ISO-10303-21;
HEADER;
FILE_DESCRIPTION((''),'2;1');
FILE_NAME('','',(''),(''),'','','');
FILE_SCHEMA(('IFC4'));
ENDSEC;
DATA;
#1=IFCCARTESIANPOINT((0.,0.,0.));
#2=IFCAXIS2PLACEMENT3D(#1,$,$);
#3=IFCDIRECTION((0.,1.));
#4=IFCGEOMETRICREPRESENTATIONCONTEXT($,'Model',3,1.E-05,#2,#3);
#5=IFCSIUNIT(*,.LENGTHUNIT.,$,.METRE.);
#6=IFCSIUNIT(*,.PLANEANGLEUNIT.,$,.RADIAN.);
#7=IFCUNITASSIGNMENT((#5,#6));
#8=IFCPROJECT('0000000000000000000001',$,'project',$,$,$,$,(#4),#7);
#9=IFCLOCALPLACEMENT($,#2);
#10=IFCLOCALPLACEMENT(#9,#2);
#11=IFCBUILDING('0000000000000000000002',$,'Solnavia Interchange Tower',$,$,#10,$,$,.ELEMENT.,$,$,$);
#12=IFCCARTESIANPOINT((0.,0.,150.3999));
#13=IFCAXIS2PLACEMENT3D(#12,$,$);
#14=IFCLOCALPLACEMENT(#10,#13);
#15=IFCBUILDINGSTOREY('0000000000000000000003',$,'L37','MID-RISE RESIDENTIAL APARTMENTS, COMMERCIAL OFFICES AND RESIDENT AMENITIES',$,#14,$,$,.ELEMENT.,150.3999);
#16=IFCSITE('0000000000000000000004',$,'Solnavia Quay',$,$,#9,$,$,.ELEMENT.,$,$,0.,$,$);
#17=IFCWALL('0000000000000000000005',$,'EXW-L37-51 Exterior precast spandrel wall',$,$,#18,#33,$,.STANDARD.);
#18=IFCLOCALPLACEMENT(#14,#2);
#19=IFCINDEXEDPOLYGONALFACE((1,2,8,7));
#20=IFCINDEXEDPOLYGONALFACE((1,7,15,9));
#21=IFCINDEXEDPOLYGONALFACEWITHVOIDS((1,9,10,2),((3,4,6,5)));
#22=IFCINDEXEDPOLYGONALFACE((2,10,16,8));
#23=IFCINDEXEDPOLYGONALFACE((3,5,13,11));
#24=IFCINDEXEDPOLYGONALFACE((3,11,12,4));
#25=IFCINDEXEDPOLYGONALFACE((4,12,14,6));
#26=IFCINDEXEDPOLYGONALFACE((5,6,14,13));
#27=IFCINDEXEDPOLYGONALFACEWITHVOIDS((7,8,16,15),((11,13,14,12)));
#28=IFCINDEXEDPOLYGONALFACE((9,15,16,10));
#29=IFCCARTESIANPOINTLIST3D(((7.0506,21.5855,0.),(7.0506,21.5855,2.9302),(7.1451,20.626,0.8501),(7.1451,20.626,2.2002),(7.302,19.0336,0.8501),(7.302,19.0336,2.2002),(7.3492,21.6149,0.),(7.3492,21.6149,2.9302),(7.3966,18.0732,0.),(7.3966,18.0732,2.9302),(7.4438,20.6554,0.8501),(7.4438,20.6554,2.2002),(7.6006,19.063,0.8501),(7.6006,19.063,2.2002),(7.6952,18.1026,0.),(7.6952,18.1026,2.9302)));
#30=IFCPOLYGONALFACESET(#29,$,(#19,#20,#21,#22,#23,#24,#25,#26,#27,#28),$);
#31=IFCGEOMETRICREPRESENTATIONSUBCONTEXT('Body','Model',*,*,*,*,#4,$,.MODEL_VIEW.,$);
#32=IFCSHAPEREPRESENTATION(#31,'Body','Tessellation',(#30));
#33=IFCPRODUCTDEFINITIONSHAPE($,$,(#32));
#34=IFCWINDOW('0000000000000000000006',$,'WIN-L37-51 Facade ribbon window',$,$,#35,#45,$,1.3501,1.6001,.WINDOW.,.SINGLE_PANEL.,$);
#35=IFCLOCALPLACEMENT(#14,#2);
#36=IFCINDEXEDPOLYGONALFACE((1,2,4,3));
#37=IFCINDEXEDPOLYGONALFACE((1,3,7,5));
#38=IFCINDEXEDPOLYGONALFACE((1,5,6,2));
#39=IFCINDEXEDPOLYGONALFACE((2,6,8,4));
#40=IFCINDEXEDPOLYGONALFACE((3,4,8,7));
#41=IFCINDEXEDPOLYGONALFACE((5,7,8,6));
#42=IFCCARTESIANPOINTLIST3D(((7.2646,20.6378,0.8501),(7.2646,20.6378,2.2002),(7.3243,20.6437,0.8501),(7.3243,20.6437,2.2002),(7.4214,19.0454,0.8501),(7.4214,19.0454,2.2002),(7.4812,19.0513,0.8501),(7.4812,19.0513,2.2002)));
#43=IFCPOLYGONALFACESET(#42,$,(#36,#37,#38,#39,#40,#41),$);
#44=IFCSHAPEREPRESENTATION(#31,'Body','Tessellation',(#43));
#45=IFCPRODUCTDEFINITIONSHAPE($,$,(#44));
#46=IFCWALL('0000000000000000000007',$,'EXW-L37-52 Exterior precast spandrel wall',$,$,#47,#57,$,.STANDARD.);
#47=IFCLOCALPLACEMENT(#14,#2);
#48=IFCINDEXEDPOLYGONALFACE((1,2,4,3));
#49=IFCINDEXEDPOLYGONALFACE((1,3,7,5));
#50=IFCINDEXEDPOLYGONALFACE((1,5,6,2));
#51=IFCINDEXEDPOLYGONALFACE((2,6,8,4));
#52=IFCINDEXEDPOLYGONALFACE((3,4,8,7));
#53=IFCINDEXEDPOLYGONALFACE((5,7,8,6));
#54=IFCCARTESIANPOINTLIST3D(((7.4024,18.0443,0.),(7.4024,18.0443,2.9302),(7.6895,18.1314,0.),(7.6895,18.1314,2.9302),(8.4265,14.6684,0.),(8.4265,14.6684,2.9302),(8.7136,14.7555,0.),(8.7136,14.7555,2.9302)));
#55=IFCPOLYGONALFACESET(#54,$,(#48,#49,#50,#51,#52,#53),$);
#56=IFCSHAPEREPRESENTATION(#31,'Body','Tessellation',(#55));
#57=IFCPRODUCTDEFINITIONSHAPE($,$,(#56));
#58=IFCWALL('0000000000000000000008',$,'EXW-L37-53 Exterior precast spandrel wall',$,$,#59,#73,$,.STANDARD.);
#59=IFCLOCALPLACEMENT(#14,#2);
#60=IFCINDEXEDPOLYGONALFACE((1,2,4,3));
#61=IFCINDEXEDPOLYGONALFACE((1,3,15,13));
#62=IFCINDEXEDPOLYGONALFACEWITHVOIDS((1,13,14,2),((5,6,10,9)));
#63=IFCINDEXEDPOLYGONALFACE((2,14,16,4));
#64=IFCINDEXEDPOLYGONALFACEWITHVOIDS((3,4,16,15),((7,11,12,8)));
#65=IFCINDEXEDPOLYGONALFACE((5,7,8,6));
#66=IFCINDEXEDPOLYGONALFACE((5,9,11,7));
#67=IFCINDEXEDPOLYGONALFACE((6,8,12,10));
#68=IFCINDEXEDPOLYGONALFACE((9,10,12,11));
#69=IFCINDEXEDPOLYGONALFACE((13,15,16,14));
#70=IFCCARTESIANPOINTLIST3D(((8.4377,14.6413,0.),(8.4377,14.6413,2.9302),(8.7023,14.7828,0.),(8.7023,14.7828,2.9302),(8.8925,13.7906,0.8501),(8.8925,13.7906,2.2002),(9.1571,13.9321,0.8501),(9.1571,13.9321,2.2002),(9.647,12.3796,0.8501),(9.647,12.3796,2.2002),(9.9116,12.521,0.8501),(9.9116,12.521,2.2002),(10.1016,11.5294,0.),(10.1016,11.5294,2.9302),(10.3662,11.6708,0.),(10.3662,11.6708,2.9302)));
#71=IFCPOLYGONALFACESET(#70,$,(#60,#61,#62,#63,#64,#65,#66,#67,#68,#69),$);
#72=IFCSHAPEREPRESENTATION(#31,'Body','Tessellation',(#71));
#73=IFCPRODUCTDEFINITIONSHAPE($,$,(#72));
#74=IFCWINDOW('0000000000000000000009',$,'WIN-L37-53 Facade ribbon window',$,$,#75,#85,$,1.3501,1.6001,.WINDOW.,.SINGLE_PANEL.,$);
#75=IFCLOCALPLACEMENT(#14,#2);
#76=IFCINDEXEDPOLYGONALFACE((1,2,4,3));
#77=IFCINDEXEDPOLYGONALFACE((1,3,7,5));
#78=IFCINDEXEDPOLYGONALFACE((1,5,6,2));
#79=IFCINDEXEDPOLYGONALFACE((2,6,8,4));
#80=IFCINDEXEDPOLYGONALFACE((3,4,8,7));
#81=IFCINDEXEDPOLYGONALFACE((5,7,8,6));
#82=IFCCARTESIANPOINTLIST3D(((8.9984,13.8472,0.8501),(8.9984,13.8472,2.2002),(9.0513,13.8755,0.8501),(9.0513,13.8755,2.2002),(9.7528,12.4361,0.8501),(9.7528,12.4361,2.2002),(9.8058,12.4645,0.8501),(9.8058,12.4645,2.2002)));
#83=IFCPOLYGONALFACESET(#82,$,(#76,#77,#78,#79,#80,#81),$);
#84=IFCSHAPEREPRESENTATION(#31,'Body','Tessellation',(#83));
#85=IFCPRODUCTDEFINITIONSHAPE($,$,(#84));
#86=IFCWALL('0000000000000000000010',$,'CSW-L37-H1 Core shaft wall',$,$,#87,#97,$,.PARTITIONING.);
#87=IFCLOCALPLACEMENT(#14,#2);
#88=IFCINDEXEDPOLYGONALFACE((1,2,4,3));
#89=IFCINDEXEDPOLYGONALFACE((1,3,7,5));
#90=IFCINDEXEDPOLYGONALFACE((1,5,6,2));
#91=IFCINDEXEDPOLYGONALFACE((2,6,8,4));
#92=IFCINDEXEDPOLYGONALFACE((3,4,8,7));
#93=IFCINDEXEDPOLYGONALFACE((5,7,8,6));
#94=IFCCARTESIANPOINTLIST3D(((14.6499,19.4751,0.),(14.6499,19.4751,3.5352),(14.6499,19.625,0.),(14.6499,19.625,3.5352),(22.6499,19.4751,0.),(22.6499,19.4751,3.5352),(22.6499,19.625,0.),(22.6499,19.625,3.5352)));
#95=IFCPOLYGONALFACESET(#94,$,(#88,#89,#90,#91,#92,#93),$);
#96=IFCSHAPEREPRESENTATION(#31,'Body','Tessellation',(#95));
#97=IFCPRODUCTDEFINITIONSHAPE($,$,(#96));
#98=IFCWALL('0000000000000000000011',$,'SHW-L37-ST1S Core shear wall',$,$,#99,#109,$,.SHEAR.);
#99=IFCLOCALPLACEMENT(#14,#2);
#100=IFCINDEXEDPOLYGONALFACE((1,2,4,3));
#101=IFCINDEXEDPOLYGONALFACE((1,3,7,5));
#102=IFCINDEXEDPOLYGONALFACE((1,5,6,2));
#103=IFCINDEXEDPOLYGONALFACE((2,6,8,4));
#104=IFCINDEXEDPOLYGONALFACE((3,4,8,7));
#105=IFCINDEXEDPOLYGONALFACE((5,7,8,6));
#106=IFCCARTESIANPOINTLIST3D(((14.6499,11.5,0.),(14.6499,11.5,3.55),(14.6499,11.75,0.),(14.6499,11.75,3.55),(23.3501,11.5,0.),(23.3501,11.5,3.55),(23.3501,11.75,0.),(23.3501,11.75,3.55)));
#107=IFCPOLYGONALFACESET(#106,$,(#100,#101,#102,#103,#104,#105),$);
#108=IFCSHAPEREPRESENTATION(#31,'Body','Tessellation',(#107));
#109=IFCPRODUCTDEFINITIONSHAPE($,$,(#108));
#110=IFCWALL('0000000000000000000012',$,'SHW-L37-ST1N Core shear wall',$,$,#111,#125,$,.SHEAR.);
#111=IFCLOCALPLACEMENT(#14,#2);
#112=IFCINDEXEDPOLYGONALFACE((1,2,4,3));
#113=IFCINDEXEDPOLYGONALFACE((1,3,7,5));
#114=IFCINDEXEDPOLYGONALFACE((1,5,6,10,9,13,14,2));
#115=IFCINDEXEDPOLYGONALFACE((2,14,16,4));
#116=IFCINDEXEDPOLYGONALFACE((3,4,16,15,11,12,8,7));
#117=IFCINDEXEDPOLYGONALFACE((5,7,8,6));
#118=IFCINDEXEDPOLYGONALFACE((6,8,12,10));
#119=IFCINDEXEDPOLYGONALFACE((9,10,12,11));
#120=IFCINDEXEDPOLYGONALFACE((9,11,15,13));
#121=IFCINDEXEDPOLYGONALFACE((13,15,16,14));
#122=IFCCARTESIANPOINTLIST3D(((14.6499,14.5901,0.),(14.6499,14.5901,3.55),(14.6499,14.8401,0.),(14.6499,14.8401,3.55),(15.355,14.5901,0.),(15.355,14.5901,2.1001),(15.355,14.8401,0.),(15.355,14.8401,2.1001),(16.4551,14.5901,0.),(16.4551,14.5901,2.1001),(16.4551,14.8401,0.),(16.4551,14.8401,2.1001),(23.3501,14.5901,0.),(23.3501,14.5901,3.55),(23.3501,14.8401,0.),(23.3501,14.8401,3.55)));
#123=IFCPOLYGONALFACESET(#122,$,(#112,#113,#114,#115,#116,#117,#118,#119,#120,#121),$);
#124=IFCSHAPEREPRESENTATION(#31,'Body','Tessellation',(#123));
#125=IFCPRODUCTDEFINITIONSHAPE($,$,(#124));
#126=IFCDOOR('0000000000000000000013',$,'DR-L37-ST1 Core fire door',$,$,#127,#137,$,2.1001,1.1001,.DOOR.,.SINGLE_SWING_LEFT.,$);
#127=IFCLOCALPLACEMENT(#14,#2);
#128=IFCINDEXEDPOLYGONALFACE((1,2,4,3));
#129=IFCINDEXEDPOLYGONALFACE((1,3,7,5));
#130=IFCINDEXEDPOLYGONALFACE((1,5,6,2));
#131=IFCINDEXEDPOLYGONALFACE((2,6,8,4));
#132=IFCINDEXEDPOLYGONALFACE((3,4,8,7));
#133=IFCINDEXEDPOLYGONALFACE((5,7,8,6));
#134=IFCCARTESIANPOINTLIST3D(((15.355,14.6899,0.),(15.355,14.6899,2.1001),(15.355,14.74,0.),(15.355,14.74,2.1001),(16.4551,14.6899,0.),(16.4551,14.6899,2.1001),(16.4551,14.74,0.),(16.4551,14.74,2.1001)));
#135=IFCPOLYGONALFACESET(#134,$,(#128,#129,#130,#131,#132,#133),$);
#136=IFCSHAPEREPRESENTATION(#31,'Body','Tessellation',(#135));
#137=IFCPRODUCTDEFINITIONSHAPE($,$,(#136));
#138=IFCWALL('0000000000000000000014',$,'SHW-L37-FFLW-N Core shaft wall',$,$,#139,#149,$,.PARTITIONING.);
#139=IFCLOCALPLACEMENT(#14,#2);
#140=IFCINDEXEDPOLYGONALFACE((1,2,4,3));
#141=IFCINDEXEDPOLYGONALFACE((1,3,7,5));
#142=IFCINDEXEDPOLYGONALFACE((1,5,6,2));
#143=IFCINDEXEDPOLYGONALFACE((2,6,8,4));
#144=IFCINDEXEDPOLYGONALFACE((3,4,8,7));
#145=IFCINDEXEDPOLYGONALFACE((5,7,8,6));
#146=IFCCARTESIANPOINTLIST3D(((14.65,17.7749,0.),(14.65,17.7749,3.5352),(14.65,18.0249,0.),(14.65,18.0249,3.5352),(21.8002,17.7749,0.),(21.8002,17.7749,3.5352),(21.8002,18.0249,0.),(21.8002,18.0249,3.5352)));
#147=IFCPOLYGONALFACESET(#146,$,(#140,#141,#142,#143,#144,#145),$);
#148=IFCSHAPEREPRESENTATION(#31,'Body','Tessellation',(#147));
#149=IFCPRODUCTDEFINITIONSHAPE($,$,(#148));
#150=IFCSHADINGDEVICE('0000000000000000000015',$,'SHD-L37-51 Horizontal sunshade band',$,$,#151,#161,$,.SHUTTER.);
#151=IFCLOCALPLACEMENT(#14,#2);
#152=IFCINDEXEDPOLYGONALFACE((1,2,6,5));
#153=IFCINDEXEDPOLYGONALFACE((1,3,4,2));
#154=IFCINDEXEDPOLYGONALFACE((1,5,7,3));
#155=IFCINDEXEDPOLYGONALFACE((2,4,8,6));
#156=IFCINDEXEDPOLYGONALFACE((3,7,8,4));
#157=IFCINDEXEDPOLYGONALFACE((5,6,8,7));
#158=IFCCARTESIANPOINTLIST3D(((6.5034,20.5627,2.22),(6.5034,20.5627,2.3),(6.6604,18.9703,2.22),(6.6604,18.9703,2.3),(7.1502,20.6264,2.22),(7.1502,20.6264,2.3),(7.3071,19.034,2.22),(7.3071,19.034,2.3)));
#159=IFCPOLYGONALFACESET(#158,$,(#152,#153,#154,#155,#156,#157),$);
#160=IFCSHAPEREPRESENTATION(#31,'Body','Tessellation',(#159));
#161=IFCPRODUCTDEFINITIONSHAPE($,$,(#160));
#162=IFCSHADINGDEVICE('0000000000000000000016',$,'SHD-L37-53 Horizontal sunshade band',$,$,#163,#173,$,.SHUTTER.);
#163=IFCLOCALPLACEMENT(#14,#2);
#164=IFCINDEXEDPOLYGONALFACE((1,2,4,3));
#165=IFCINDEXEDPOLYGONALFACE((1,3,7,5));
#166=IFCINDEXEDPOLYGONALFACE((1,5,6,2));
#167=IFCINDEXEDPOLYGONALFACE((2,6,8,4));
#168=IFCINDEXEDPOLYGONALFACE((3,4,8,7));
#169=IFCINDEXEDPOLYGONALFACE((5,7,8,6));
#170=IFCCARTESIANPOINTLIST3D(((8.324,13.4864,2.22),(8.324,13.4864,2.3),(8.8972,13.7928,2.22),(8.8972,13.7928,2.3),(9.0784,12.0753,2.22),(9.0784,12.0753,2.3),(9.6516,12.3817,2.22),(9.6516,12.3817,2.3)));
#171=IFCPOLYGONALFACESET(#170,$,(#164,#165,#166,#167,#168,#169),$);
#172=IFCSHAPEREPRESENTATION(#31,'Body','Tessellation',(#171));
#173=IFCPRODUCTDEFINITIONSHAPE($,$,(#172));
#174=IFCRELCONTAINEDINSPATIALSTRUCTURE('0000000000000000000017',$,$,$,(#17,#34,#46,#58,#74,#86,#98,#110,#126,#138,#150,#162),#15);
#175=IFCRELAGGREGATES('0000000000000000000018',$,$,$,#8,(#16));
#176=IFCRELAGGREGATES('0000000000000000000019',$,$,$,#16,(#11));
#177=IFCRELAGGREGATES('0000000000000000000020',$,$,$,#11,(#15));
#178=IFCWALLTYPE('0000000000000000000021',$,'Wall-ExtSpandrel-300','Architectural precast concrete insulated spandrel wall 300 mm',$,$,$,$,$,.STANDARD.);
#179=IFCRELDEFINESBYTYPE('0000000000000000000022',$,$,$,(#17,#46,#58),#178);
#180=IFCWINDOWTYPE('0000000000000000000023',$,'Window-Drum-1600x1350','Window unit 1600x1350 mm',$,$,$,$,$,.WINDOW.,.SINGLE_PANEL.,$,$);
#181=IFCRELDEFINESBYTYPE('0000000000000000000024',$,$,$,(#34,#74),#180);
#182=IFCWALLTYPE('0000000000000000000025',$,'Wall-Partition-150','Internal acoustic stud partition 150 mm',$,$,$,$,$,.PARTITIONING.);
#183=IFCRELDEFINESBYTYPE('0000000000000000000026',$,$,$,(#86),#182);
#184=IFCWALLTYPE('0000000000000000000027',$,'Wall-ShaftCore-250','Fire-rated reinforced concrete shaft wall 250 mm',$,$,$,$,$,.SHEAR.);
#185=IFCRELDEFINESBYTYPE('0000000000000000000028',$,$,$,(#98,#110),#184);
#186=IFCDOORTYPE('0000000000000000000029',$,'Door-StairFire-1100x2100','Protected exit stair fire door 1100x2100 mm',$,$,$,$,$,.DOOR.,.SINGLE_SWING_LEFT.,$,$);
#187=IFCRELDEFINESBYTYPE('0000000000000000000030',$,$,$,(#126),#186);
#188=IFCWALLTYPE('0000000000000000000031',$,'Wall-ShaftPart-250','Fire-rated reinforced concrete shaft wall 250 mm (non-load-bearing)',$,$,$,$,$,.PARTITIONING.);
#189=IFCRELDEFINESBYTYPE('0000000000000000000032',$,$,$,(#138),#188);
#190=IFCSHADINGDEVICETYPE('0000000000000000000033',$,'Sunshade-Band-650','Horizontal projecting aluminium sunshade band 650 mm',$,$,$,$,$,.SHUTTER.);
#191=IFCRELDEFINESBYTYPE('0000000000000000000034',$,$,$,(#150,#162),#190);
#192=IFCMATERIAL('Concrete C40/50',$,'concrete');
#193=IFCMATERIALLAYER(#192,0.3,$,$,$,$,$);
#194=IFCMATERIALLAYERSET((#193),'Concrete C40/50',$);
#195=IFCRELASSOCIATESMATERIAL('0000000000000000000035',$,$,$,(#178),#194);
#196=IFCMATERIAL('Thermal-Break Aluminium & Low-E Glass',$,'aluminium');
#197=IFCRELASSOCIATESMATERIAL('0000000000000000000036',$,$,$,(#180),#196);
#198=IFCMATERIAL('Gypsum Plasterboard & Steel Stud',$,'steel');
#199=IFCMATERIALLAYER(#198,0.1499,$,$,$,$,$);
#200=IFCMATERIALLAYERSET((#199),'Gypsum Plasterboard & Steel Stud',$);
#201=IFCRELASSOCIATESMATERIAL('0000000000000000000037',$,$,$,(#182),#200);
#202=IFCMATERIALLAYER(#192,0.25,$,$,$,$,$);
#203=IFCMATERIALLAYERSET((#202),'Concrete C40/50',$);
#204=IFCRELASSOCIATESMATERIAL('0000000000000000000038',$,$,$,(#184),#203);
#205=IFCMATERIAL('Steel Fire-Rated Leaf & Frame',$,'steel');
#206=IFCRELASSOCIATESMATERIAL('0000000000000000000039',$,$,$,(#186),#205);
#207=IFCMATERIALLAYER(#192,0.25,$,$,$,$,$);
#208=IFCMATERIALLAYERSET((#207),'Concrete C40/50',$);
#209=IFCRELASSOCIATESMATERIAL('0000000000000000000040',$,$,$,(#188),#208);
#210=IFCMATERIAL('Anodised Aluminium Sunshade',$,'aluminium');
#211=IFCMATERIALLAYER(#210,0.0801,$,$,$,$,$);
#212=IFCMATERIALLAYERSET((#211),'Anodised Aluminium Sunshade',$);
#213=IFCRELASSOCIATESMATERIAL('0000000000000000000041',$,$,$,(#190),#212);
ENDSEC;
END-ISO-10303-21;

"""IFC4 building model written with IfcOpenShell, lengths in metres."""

from ifc_helpers import new_model, si_unit, direction, frame, frame_2d, origin, origin_2d, place, context, subcontext, project, spatial, rectangle, extrude, material, layer, layer_set, type_object, element, fill, save


model = new_model("IFC4")

# Units and contexts
model_context = context("Model", 3, precision=1e-05, world=origin(), true_north=direction((0.0, 1.0)))
body_context = subcontext(model_context, "Body", "Model", "MODEL_VIEW")
ifc_project = project(units=[si_unit("LENGTHUNIT", "METRE"), si_unit("PLANEANGLEUNIT", "RADIAN")], contexts=[model_context])

# Site, building, storey
site_placement = place(None, origin())
site = spatial("IfcSite", under=ifc_project, at=site_placement, Name="Solnavia Quay", CompositionType="ELEMENT", RefElevation=0.0)
building_placement = place(site_placement, origin())
building = spatial("IfcBuilding", under=site, at=building_placement, Name="Solnavia Interchange Tower", CompositionType="ELEMENT")
storey_placement = place(building_placement, frame((0.0, 0.0, 150.3999)))
storey = spatial("IfcBuildingStorey", under=building, at=storey_placement, Name="L37", Description="MID-RISE RESIDENTIAL APARTMENTS, COMMERCIAL OFFICES AND RESIDENT AMENITIES", CompositionType="ELEMENT", Elevation=150.3999)

# Wall, opening, window
ifc_material_1 = material(Name="Concrete C40/50", Category="concrete")
ifc_layer_1 = layer(ifc_material_1, 0.3)
ifc_layer_set_1 = layer_set([ifc_layer_1], Name="Concrete C40/50")
wall_type_1 = type_object("IfcWallType", Name="Wall-ExtSpandrel-300", Description="Architectural precast concrete insulated spandrel wall 300 mm", PredefinedType="STANDARD", material=ifc_layer_set_1)
ifc_material_2 = material(Name="Thermal-Break Aluminium & Low-E Glass", Category="aluminium")
wall_1_placement = place(storey_placement, frame((7.5459, 18.0879, 0.0), z_axis=(0.0, 0.0, 1.0), x_axis=(-0.098024, 0.995184, 0.0)))
wall_1 = element("IfcWall", 1, at=wall_1_placement, inside=storey, type_object=wall_type_1, Name="EXW-L37-51 Exterior precast spandrel wall", PredefinedType="STANDARD", context=body_context, shape_type="SweptSolid", body=[
    extrude(rectangle(XDim=3.5293, YDim=0.3, at=frame_2d((1.7646, 0.0))), origin(), (0.0, 0.0, 1.0), 2.9302),
])
opening_1_placement = place(wall_1_placement, frame((0.9651, 0.0, 0.8501)))
opening_1 = element("IfcOpeningElement", 2, at=opening_1_placement, cuts=wall_1, PredefinedType="OPENING", context=body_context, shape_type="SweptSolid", body=[
    extrude(rectangle(XDim=1.6001, YDim=1.3501, at=frame_2d((0.8, 0.675))), frame((0.0, 0.1602, 0.0), z_axis=(0.0, -1.0, 0.0), x_axis=(1.0, 0.0, 0.0)), (0.0, 0.0, 1.0), 0.3201),
])
window_type_1 = type_object("IfcWindowType", Name="Window-Drum-1600x1350", Description="Window unit 1600x1350 mm", PartitioningType="SINGLE_PANEL", PredefinedType="WINDOW", material=ifc_material_2)
window_1_placement = place(opening_1_placement, origin())
window_1 = element("IfcWindow", 3, at=window_1_placement, inside=storey, type_object=window_type_1, Name="WIN-L37-51 Facade ribbon window", OverallHeight=1.3501, OverallWidth=1.6001, PartitioningType="SINGLE_PANEL", PredefinedType="WINDOW", context=body_context, shape_type="SweptSolid", body=[
    extrude(rectangle(XDim=1.6001, YDim=1.3501, at=frame_2d((0.8, 0.675))), frame((0.0, 0.03, 0.0), z_axis=(0.0, -1.0, 0.0), x_axis=(1.0, 0.0, 0.0)), (0.0, 0.0, 1.0), 0.0601),
])
fill(opening_1, window_1)

# Wall
wall_2_placement = place(storey_placement, frame((8.5701, 14.7119, 0.0), z_axis=(0.0, 0.0, 1.0), x_axis=(-0.290305, 0.956934, 0.0)))
element("IfcWall", 4, at=wall_2_placement, inside=storey, type_object=wall_type_1, Name="EXW-L37-52 Exterior precast spandrel wall", PredefinedType="STANDARD", context=body_context, shape_type="SweptSolid", body=[
    extrude(rectangle(XDim=3.5278, YDim=0.3, at=frame_2d((1.7639, 0.0))), origin(), (0.0, 0.0, 1.0), 2.9302),
])

# Wall, opening, window
wall_3_placement = place(storey_placement, frame((10.2339, 11.6001, 0.0), z_axis=(0.0, 0.0, 1.0), x_axis=(-0.471511, 0.88186, 0.0)))
wall_3 = element("IfcWall", 5, at=wall_3_placement, inside=storey, type_object=wall_type_1, Name="EXW-L37-53 Exterior precast spandrel wall", PredefinedType="STANDARD", context=body_context, shape_type="SweptSolid", body=[
    extrude(rectangle(XDim=3.5288, YDim=0.3, at=frame_2d((1.7644, 0.0))), origin(), (0.0, 0.0, 1.0), 2.9302),
])
opening_2_placement = place(wall_3_placement, frame((0.9641, 0.0, 0.8501)))
opening_2 = element("IfcOpeningElement", 6, at=opening_2_placement, cuts=wall_3, PredefinedType="OPENING", context=body_context, shape_type="SweptSolid", body=[
    extrude(rectangle(XDim=1.6001, YDim=1.3501, at=frame_2d((0.8, 0.675))), frame((0.0, 0.1602, 0.0), z_axis=(0.0, -1.0, 0.0), x_axis=(1.0, 0.0, 0.0)), (0.0, 0.0, 1.0), 0.3201),
])
window_2_placement = place(opening_2_placement, origin())
window_2 = element("IfcWindow", 7, at=window_2_placement, inside=storey, type_object=window_type_1, Name="WIN-L37-53 Facade ribbon window", OverallHeight=1.3501, OverallWidth=1.6001, PartitioningType="SINGLE_PANEL", PredefinedType="WINDOW", context=body_context, shape_type="SweptSolid", body=[
    extrude(rectangle(XDim=1.6001, YDim=1.3501, at=frame_2d((0.8, 0.675))), frame((0.0, 0.03, 0.0), z_axis=(0.0, -1.0, 0.0), x_axis=(1.0, 0.0, 0.0)), (0.0, 0.0, 1.0), 0.0601),
])
fill(opening_2, window_2)

# Walls
ifc_material_3 = material(Name="Gypsum Plasterboard & Steel Stud", Category="steel")
ifc_layer_2 = layer(ifc_material_3, 0.1499)
ifc_layer_set_2 = layer_set([ifc_layer_2], Name="Gypsum Plasterboard & Steel Stud")
wall_type_2 = type_object("IfcWallType", Name="Wall-Partition-150", Description="Internal acoustic stud partition 150 mm", PredefinedType="PARTITIONING", material=ifc_layer_set_2)
wall_4_placement = place(storey_placement, frame((14.6499, 19.55, 0.0), z_axis=(0.0, 0.0, 1.0), x_axis=(1.0, 0.0, 0.0)))
element("IfcWall", 8, at=wall_4_placement, inside=storey, type_object=wall_type_2, Name="CSW-L37-H1 Core shaft wall", PredefinedType="PARTITIONING", context=body_context, shape_type="SweptSolid", body=[
    extrude(rectangle(XDim=8.0, YDim=0.1499, at=frame_2d((4.0, 0.0))), origin(), (0.0, 0.0, 1.0), 3.5352),
])
ifc_layer_3 = layer(ifc_material_1, 0.25)
ifc_layer_set_3 = layer_set([ifc_layer_3], Name="Concrete C40/50")
wall_type_3 = type_object("IfcWallType", Name="Wall-ShaftCore-250", Description="Fire-rated reinforced concrete shaft wall 250 mm", PredefinedType="SHEAR", material=ifc_layer_set_3)
wall_5_placement = place(storey_placement, frame((14.6499, 11.625, 0.0), z_axis=(0.0, 0.0, 1.0), x_axis=(1.0, 0.0, 0.0)))
element("IfcWall", 9, at=wall_5_placement, inside=storey, type_object=wall_type_3, Name="SHW-L37-ST1S Core shear wall", PredefinedType="SHEAR", context=body_context, shape_type="SweptSolid", body=[
    extrude(rectangle(XDim=8.7002, YDim=0.25, at=frame_2d((4.3501, 0.0))), origin(), (0.0, 0.0, 1.0), 3.55),
])

# Wall, opening, door
wall_6_placement = place(storey_placement, frame((14.6499, 14.7151, 0.0), z_axis=(0.0, 0.0, 1.0), x_axis=(1.0, 0.0, 0.0)))
wall_6 = element("IfcWall", 10, at=wall_6_placement, inside=storey, type_object=wall_type_3, Name="SHW-L37-ST1N Core shear wall", PredefinedType="SHEAR", context=body_context, shape_type="SweptSolid", body=[
    extrude(rectangle(XDim=8.7002, YDim=0.25, at=frame_2d((4.3501, 0.0))), origin(), (0.0, 0.0, 1.0), 3.55),
])
opening_3_placement = place(wall_6_placement, frame((0.7051, 0.0, 0.0)))
opening_3 = element("IfcOpeningElement", 11, at=opening_3_placement, cuts=wall_6, PredefinedType="OPENING", context=body_context, shape_type="SweptSolid", body=[
    extrude(rectangle(XDim=1.1001, YDim=2.1001, at=frame_2d((0.55, 1.05))), frame((0.0, 0.135, 0.0), z_axis=(0.0, -1.0, 0.0), x_axis=(1.0, 0.0, 0.0)), (0.0, 0.0, 1.0), 0.27),
])
ifc_material_4 = material(Name="Steel Fire-Rated Leaf & Frame", Category="steel")
door_type_1 = type_object("IfcDoorType", Name="Door-StairFire-1100x2100", Description="Protected exit stair fire door 1100x2100 mm", OperationType="SINGLE_SWING_LEFT", PredefinedType="DOOR", material=ifc_material_4)
door_1_placement = place(opening_3_placement, origin())
door_1 = element("IfcDoor", 12, at=door_1_placement, inside=storey, type_object=door_type_1, Name="DR-L37-ST1 Core fire door", OperationType="SINGLE_SWING_LEFT", OverallHeight=2.1001, OverallWidth=1.1001, PredefinedType="DOOR", context=body_context, shape_type="SweptSolid", body=[
    extrude(rectangle(XDim=1.1001, YDim=2.1001, at=frame_2d((0.55, 1.05))), frame((0.0, 0.0249, 0.0), z_axis=(0.0, -1.0, 0.0), x_axis=(1.0, 0.0, 0.0)), (0.0, 0.0, 1.0), 0.05),
])
fill(opening_3, door_1)

# Wall
ifc_layer_4 = layer(ifc_material_1, 0.25)
ifc_layer_set_4 = layer_set([ifc_layer_4], Name="Concrete C40/50")
wall_type_4 = type_object("IfcWallType", Name="Wall-ShaftPart-250", Description="Fire-rated reinforced concrete shaft wall 250 mm (non-load-bearing)", PredefinedType="PARTITIONING", material=ifc_layer_set_4)
wall_7_placement = place(storey_placement, frame((14.6499, 17.8999, 0.0), z_axis=(0.0, 0.0, 1.0), x_axis=(1.0, 0.0, 0.0)))
element("IfcWall", 13, at=wall_7_placement, inside=storey, type_object=wall_type_4, Name="SHW-L37-FFLW-N Core shaft wall", PredefinedType="PARTITIONING", context=body_context, shape_type="SweptSolid", body=[
    extrude(rectangle(XDim=7.1501, YDim=0.25, at=frame_2d((3.5752, 0.0))), origin(), (0.0, 0.0, 1.0), 3.5352),
])

# Shading devices
ifc_material_5 = material(Name="Anodised Aluminium Sunshade", Category="aluminium")
ifc_layer_5 = layer(ifc_material_5, 0.0801)
ifc_layer_set_5 = layer_set([ifc_layer_5], Name="Anodised Aluminium Sunshade")
shading_device_type = type_object("IfcShadingDeviceType", Name="Sunshade-Band-650", Description="Horizontal projecting aluminium sunshade band 650 mm", PredefinedType="SHUTTER", material=ifc_layer_set_5)
for number, where, z_axis, x_axis, name in (
    (14, (6.9053, 19.7983, 2.22), (0.0, 0.0, 1.0), (-0.098104, 0.995176, 0.0), "SHD-L37-51 Horizontal sunshade band"),
    (15, (8.9878, 12.9341, 2.22), (0.0, 0.0, 1.0), (-0.471474, 0.88188, 0.0), "SHD-L37-53 Horizontal sunshade band"),
):
    element("IfcShadingDevice", number, at=place(storey_placement, frame(where, z_axis=z_axis, x_axis=x_axis)), inside=storey, type_object=shading_device_type, Name=name, PredefinedType="SHUTTER", context=body_context, shape_type="SweptSolid", body=[
        extrude(rectangle(XDim=1.6001, YDim=0.6499, at=origin_2d()), origin(), (0.0, 0.0, 1.0), 0.0801),
    ])

save(model, "model.ifc")
